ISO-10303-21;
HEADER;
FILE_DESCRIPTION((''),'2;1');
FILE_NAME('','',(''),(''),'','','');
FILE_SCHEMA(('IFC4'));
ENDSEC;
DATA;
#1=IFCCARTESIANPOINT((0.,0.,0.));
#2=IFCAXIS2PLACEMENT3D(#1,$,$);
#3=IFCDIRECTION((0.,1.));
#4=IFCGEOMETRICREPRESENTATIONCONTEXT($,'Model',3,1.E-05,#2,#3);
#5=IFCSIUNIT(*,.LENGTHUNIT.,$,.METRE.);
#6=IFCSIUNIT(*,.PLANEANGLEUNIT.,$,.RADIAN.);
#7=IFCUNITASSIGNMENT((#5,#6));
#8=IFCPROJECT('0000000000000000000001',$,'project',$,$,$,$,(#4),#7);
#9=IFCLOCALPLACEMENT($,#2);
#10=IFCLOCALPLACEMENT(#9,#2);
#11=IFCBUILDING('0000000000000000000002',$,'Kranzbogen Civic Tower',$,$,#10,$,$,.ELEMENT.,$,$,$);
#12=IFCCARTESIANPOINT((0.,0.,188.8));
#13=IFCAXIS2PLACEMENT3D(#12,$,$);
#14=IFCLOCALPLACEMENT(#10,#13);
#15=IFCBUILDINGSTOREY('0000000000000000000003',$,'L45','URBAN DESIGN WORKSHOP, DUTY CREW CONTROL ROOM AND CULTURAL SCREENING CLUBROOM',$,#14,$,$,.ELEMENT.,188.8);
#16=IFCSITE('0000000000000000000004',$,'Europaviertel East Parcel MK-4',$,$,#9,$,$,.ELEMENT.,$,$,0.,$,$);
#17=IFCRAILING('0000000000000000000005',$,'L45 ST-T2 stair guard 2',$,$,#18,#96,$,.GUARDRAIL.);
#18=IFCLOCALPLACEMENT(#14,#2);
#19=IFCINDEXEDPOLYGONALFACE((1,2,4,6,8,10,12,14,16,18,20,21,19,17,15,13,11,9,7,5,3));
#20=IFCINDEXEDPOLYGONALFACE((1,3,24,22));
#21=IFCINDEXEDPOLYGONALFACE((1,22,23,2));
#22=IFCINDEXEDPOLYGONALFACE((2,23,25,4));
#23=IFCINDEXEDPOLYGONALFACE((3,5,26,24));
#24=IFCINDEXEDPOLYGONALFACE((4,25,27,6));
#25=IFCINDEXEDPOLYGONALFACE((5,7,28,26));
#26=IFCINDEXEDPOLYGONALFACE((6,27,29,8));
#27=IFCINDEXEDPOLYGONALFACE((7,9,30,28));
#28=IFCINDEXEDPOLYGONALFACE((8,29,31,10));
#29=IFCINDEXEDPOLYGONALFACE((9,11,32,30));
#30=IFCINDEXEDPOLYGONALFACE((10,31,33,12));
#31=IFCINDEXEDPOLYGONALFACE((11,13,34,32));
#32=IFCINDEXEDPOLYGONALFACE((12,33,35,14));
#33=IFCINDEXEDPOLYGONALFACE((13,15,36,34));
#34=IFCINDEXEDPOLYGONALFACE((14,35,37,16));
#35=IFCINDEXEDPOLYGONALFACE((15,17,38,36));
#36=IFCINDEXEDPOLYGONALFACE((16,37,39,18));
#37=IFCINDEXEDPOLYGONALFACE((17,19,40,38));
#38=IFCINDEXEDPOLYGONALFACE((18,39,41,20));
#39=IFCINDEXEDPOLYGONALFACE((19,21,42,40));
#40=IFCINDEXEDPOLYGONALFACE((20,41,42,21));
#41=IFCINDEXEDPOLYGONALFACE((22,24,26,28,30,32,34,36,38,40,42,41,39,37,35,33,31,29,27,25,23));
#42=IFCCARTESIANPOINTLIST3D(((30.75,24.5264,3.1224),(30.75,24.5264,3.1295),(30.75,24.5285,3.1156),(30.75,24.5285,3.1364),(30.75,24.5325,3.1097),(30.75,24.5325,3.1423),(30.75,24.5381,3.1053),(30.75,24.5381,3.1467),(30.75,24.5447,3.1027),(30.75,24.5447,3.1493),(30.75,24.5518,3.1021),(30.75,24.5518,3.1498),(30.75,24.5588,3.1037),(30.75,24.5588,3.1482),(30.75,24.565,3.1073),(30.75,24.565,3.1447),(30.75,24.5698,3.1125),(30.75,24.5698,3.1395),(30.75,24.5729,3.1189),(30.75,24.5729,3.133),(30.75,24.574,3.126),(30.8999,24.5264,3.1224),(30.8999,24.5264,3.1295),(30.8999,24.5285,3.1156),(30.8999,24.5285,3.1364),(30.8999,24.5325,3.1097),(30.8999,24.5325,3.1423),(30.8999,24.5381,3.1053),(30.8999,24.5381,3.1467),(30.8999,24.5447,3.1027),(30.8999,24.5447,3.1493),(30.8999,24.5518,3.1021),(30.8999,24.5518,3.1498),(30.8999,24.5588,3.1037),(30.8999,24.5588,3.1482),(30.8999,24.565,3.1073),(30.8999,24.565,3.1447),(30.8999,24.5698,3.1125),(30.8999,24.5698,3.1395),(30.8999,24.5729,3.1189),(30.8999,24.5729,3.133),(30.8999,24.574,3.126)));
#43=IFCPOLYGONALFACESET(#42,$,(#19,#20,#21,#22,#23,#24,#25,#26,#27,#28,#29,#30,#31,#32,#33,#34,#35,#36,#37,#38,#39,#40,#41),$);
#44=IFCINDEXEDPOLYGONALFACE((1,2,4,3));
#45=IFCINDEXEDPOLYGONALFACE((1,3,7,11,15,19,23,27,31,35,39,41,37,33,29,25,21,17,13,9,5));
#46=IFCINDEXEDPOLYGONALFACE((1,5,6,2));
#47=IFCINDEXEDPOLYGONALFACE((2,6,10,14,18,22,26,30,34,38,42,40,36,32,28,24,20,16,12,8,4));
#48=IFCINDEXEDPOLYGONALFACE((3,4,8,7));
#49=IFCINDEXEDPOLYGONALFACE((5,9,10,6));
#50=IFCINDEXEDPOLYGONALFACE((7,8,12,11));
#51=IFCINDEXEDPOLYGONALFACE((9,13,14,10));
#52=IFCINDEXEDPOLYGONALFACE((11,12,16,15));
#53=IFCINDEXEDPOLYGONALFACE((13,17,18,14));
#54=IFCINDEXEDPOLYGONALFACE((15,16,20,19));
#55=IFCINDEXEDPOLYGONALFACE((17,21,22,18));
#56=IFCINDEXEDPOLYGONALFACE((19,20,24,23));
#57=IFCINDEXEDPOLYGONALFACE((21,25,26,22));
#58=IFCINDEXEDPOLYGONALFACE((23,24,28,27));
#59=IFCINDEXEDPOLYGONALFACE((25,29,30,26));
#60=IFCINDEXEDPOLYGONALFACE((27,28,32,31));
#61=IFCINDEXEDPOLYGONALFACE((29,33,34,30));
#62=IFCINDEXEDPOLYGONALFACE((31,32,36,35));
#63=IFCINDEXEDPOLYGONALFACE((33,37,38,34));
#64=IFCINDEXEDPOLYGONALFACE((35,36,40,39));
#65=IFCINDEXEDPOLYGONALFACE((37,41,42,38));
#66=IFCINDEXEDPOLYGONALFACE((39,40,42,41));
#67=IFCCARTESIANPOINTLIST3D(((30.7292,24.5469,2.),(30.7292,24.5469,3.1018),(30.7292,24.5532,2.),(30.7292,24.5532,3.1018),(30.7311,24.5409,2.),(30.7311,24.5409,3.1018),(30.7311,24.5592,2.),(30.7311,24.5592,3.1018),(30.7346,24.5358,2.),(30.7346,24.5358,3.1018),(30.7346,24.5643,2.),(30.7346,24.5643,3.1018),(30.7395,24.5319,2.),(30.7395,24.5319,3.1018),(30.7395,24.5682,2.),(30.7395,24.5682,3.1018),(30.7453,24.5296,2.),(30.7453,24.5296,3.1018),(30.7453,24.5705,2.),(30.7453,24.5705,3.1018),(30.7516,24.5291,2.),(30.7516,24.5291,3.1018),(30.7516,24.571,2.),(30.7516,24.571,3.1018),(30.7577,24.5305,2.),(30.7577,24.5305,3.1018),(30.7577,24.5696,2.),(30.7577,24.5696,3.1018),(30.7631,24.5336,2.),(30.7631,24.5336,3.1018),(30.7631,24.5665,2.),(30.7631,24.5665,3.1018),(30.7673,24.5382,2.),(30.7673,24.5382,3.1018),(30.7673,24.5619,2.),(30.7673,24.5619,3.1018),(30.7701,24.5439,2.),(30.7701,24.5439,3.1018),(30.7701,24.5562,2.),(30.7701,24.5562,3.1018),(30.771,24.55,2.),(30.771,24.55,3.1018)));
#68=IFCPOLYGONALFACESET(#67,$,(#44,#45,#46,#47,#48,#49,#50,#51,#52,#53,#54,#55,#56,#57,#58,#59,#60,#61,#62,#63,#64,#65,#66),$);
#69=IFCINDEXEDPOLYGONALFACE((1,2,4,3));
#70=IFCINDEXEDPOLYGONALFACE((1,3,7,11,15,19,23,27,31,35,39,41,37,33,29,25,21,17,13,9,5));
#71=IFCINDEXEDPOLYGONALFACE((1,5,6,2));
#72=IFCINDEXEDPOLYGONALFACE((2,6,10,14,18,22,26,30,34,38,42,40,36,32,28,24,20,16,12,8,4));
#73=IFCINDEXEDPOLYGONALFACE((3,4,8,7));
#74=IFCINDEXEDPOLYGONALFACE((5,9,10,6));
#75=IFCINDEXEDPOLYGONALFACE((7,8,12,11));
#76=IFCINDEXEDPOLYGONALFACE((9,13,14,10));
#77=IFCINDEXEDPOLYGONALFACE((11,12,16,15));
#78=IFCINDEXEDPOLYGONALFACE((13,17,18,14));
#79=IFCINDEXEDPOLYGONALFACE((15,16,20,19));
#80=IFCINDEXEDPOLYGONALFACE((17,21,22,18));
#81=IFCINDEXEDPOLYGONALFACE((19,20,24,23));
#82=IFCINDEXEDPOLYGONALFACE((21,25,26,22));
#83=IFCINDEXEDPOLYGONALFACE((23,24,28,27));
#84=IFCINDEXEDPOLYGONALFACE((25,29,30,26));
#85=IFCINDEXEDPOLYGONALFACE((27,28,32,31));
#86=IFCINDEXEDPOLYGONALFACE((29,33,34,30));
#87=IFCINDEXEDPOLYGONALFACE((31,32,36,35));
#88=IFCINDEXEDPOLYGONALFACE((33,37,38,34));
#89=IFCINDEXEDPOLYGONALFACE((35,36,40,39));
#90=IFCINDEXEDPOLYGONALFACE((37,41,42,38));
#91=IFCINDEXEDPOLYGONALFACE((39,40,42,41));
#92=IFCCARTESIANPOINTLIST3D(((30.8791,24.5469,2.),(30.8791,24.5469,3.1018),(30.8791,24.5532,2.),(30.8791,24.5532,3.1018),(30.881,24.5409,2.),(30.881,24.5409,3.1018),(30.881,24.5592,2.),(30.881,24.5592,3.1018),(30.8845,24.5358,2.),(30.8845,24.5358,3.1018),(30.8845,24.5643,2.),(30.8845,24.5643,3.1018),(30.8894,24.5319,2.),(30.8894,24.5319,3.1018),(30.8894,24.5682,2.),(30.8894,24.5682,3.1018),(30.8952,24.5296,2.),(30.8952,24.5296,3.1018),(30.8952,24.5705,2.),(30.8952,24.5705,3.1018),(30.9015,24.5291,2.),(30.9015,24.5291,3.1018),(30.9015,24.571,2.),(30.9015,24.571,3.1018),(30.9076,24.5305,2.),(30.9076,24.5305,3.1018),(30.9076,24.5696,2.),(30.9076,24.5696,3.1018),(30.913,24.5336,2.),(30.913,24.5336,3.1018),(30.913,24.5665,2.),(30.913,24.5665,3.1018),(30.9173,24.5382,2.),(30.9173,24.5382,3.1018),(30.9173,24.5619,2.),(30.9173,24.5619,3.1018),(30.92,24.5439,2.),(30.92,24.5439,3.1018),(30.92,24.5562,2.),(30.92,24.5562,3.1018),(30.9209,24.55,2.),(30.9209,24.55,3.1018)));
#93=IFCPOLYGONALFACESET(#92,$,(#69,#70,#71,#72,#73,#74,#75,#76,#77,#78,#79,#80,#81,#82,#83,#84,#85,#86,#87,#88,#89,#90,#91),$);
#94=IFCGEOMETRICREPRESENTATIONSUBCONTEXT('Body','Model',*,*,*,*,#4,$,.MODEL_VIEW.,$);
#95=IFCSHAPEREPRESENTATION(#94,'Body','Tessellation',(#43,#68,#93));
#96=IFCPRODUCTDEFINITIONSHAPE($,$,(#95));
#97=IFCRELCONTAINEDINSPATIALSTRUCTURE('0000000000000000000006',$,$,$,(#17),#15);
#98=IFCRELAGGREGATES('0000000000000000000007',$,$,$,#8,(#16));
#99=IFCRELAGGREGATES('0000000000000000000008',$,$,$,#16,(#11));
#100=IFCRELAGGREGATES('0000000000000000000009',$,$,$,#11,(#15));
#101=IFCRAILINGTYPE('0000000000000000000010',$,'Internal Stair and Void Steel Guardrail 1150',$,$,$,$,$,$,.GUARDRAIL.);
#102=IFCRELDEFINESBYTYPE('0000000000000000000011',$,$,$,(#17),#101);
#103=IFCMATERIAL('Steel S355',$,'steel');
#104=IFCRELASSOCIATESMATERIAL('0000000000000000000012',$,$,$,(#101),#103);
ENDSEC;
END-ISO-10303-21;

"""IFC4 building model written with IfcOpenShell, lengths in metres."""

from ifc_helpers import new_model, si_unit, direction, frame, origin, origin_2d, place, context, subcontext, project, spatial, circle, extrude, material, type_object, element, save


model = new_model("IFC4")

# Units and contexts
model_context = context("Model", 3, precision=1e-05, world=origin(), true_north=direction((0.0, 1.0)))
body_context = subcontext(model_context, "Body", "Model", "MODEL_VIEW")
ifc_project = project(units=[si_unit("LENGTHUNIT", "METRE"), si_unit("PLANEANGLEUNIT", "RADIAN")], contexts=[model_context])

# Site, building, storey
site_placement = place(None, origin())
site = spatial("IfcSite", under=ifc_project, at=site_placement, Name="Europaviertel East Parcel MK-4", CompositionType="ELEMENT", RefElevation=0.0)
building_placement = place(site_placement, origin())
building = spatial("IfcBuilding", under=site, at=building_placement, Name="Kranzbogen Civic Tower", CompositionType="ELEMENT")
storey_placement = place(building_placement, frame((0.0, 0.0, 188.8)))
storey = spatial("IfcBuildingStorey", under=building, at=storey_placement, Name="L45", Description="URBAN DESIGN WORKSHOP, DUTY CREW CONTROL ROOM AND CULTURAL SCREENING CLUBROOM", CompositionType="ELEMENT", Elevation=188.8)

# Shared definitions
ifc_material_1 = material(Name="Steel S355", Category="steel")

# Railing
railing_type_1 = type_object("IfcRailingType", Name="Internal Stair and Void Steel Guardrail 1150", PredefinedType="GUARDRAIL", material=ifc_material_1)
railing_1_placement = place(storey_placement, frame((30.75, 24.55, 2.0)))
element("IfcRailing", 1, at=railing_1_placement, inside=storey, type_object=railing_type_1, Name="L45 ST-T2 stair guard 2", PredefinedType="GUARDRAIL", context=body_context, shape_type="SweptSolid", body=[
    extrude(circle(Radius=0.0239, at=origin_2d()), frame((0.0, 0.0, 1.126), z_axis=(1.0, 0.0, 0.0), x_axis=(0.0, 1.0, 0.0)), (0.0, 0.0, 1.0), 0.1499),
    extrude(circle(Radius=0.021, at=origin_2d()), origin(), (0.0, 0.0, 1.0), 1.1018),
    extrude(circle(Radius=0.021, at=origin_2d()), frame((0.1499, 0.0, 0.0)), (0.0, 0.0, 1.0), 1.1018),
])

save(model, "model.ifc")
